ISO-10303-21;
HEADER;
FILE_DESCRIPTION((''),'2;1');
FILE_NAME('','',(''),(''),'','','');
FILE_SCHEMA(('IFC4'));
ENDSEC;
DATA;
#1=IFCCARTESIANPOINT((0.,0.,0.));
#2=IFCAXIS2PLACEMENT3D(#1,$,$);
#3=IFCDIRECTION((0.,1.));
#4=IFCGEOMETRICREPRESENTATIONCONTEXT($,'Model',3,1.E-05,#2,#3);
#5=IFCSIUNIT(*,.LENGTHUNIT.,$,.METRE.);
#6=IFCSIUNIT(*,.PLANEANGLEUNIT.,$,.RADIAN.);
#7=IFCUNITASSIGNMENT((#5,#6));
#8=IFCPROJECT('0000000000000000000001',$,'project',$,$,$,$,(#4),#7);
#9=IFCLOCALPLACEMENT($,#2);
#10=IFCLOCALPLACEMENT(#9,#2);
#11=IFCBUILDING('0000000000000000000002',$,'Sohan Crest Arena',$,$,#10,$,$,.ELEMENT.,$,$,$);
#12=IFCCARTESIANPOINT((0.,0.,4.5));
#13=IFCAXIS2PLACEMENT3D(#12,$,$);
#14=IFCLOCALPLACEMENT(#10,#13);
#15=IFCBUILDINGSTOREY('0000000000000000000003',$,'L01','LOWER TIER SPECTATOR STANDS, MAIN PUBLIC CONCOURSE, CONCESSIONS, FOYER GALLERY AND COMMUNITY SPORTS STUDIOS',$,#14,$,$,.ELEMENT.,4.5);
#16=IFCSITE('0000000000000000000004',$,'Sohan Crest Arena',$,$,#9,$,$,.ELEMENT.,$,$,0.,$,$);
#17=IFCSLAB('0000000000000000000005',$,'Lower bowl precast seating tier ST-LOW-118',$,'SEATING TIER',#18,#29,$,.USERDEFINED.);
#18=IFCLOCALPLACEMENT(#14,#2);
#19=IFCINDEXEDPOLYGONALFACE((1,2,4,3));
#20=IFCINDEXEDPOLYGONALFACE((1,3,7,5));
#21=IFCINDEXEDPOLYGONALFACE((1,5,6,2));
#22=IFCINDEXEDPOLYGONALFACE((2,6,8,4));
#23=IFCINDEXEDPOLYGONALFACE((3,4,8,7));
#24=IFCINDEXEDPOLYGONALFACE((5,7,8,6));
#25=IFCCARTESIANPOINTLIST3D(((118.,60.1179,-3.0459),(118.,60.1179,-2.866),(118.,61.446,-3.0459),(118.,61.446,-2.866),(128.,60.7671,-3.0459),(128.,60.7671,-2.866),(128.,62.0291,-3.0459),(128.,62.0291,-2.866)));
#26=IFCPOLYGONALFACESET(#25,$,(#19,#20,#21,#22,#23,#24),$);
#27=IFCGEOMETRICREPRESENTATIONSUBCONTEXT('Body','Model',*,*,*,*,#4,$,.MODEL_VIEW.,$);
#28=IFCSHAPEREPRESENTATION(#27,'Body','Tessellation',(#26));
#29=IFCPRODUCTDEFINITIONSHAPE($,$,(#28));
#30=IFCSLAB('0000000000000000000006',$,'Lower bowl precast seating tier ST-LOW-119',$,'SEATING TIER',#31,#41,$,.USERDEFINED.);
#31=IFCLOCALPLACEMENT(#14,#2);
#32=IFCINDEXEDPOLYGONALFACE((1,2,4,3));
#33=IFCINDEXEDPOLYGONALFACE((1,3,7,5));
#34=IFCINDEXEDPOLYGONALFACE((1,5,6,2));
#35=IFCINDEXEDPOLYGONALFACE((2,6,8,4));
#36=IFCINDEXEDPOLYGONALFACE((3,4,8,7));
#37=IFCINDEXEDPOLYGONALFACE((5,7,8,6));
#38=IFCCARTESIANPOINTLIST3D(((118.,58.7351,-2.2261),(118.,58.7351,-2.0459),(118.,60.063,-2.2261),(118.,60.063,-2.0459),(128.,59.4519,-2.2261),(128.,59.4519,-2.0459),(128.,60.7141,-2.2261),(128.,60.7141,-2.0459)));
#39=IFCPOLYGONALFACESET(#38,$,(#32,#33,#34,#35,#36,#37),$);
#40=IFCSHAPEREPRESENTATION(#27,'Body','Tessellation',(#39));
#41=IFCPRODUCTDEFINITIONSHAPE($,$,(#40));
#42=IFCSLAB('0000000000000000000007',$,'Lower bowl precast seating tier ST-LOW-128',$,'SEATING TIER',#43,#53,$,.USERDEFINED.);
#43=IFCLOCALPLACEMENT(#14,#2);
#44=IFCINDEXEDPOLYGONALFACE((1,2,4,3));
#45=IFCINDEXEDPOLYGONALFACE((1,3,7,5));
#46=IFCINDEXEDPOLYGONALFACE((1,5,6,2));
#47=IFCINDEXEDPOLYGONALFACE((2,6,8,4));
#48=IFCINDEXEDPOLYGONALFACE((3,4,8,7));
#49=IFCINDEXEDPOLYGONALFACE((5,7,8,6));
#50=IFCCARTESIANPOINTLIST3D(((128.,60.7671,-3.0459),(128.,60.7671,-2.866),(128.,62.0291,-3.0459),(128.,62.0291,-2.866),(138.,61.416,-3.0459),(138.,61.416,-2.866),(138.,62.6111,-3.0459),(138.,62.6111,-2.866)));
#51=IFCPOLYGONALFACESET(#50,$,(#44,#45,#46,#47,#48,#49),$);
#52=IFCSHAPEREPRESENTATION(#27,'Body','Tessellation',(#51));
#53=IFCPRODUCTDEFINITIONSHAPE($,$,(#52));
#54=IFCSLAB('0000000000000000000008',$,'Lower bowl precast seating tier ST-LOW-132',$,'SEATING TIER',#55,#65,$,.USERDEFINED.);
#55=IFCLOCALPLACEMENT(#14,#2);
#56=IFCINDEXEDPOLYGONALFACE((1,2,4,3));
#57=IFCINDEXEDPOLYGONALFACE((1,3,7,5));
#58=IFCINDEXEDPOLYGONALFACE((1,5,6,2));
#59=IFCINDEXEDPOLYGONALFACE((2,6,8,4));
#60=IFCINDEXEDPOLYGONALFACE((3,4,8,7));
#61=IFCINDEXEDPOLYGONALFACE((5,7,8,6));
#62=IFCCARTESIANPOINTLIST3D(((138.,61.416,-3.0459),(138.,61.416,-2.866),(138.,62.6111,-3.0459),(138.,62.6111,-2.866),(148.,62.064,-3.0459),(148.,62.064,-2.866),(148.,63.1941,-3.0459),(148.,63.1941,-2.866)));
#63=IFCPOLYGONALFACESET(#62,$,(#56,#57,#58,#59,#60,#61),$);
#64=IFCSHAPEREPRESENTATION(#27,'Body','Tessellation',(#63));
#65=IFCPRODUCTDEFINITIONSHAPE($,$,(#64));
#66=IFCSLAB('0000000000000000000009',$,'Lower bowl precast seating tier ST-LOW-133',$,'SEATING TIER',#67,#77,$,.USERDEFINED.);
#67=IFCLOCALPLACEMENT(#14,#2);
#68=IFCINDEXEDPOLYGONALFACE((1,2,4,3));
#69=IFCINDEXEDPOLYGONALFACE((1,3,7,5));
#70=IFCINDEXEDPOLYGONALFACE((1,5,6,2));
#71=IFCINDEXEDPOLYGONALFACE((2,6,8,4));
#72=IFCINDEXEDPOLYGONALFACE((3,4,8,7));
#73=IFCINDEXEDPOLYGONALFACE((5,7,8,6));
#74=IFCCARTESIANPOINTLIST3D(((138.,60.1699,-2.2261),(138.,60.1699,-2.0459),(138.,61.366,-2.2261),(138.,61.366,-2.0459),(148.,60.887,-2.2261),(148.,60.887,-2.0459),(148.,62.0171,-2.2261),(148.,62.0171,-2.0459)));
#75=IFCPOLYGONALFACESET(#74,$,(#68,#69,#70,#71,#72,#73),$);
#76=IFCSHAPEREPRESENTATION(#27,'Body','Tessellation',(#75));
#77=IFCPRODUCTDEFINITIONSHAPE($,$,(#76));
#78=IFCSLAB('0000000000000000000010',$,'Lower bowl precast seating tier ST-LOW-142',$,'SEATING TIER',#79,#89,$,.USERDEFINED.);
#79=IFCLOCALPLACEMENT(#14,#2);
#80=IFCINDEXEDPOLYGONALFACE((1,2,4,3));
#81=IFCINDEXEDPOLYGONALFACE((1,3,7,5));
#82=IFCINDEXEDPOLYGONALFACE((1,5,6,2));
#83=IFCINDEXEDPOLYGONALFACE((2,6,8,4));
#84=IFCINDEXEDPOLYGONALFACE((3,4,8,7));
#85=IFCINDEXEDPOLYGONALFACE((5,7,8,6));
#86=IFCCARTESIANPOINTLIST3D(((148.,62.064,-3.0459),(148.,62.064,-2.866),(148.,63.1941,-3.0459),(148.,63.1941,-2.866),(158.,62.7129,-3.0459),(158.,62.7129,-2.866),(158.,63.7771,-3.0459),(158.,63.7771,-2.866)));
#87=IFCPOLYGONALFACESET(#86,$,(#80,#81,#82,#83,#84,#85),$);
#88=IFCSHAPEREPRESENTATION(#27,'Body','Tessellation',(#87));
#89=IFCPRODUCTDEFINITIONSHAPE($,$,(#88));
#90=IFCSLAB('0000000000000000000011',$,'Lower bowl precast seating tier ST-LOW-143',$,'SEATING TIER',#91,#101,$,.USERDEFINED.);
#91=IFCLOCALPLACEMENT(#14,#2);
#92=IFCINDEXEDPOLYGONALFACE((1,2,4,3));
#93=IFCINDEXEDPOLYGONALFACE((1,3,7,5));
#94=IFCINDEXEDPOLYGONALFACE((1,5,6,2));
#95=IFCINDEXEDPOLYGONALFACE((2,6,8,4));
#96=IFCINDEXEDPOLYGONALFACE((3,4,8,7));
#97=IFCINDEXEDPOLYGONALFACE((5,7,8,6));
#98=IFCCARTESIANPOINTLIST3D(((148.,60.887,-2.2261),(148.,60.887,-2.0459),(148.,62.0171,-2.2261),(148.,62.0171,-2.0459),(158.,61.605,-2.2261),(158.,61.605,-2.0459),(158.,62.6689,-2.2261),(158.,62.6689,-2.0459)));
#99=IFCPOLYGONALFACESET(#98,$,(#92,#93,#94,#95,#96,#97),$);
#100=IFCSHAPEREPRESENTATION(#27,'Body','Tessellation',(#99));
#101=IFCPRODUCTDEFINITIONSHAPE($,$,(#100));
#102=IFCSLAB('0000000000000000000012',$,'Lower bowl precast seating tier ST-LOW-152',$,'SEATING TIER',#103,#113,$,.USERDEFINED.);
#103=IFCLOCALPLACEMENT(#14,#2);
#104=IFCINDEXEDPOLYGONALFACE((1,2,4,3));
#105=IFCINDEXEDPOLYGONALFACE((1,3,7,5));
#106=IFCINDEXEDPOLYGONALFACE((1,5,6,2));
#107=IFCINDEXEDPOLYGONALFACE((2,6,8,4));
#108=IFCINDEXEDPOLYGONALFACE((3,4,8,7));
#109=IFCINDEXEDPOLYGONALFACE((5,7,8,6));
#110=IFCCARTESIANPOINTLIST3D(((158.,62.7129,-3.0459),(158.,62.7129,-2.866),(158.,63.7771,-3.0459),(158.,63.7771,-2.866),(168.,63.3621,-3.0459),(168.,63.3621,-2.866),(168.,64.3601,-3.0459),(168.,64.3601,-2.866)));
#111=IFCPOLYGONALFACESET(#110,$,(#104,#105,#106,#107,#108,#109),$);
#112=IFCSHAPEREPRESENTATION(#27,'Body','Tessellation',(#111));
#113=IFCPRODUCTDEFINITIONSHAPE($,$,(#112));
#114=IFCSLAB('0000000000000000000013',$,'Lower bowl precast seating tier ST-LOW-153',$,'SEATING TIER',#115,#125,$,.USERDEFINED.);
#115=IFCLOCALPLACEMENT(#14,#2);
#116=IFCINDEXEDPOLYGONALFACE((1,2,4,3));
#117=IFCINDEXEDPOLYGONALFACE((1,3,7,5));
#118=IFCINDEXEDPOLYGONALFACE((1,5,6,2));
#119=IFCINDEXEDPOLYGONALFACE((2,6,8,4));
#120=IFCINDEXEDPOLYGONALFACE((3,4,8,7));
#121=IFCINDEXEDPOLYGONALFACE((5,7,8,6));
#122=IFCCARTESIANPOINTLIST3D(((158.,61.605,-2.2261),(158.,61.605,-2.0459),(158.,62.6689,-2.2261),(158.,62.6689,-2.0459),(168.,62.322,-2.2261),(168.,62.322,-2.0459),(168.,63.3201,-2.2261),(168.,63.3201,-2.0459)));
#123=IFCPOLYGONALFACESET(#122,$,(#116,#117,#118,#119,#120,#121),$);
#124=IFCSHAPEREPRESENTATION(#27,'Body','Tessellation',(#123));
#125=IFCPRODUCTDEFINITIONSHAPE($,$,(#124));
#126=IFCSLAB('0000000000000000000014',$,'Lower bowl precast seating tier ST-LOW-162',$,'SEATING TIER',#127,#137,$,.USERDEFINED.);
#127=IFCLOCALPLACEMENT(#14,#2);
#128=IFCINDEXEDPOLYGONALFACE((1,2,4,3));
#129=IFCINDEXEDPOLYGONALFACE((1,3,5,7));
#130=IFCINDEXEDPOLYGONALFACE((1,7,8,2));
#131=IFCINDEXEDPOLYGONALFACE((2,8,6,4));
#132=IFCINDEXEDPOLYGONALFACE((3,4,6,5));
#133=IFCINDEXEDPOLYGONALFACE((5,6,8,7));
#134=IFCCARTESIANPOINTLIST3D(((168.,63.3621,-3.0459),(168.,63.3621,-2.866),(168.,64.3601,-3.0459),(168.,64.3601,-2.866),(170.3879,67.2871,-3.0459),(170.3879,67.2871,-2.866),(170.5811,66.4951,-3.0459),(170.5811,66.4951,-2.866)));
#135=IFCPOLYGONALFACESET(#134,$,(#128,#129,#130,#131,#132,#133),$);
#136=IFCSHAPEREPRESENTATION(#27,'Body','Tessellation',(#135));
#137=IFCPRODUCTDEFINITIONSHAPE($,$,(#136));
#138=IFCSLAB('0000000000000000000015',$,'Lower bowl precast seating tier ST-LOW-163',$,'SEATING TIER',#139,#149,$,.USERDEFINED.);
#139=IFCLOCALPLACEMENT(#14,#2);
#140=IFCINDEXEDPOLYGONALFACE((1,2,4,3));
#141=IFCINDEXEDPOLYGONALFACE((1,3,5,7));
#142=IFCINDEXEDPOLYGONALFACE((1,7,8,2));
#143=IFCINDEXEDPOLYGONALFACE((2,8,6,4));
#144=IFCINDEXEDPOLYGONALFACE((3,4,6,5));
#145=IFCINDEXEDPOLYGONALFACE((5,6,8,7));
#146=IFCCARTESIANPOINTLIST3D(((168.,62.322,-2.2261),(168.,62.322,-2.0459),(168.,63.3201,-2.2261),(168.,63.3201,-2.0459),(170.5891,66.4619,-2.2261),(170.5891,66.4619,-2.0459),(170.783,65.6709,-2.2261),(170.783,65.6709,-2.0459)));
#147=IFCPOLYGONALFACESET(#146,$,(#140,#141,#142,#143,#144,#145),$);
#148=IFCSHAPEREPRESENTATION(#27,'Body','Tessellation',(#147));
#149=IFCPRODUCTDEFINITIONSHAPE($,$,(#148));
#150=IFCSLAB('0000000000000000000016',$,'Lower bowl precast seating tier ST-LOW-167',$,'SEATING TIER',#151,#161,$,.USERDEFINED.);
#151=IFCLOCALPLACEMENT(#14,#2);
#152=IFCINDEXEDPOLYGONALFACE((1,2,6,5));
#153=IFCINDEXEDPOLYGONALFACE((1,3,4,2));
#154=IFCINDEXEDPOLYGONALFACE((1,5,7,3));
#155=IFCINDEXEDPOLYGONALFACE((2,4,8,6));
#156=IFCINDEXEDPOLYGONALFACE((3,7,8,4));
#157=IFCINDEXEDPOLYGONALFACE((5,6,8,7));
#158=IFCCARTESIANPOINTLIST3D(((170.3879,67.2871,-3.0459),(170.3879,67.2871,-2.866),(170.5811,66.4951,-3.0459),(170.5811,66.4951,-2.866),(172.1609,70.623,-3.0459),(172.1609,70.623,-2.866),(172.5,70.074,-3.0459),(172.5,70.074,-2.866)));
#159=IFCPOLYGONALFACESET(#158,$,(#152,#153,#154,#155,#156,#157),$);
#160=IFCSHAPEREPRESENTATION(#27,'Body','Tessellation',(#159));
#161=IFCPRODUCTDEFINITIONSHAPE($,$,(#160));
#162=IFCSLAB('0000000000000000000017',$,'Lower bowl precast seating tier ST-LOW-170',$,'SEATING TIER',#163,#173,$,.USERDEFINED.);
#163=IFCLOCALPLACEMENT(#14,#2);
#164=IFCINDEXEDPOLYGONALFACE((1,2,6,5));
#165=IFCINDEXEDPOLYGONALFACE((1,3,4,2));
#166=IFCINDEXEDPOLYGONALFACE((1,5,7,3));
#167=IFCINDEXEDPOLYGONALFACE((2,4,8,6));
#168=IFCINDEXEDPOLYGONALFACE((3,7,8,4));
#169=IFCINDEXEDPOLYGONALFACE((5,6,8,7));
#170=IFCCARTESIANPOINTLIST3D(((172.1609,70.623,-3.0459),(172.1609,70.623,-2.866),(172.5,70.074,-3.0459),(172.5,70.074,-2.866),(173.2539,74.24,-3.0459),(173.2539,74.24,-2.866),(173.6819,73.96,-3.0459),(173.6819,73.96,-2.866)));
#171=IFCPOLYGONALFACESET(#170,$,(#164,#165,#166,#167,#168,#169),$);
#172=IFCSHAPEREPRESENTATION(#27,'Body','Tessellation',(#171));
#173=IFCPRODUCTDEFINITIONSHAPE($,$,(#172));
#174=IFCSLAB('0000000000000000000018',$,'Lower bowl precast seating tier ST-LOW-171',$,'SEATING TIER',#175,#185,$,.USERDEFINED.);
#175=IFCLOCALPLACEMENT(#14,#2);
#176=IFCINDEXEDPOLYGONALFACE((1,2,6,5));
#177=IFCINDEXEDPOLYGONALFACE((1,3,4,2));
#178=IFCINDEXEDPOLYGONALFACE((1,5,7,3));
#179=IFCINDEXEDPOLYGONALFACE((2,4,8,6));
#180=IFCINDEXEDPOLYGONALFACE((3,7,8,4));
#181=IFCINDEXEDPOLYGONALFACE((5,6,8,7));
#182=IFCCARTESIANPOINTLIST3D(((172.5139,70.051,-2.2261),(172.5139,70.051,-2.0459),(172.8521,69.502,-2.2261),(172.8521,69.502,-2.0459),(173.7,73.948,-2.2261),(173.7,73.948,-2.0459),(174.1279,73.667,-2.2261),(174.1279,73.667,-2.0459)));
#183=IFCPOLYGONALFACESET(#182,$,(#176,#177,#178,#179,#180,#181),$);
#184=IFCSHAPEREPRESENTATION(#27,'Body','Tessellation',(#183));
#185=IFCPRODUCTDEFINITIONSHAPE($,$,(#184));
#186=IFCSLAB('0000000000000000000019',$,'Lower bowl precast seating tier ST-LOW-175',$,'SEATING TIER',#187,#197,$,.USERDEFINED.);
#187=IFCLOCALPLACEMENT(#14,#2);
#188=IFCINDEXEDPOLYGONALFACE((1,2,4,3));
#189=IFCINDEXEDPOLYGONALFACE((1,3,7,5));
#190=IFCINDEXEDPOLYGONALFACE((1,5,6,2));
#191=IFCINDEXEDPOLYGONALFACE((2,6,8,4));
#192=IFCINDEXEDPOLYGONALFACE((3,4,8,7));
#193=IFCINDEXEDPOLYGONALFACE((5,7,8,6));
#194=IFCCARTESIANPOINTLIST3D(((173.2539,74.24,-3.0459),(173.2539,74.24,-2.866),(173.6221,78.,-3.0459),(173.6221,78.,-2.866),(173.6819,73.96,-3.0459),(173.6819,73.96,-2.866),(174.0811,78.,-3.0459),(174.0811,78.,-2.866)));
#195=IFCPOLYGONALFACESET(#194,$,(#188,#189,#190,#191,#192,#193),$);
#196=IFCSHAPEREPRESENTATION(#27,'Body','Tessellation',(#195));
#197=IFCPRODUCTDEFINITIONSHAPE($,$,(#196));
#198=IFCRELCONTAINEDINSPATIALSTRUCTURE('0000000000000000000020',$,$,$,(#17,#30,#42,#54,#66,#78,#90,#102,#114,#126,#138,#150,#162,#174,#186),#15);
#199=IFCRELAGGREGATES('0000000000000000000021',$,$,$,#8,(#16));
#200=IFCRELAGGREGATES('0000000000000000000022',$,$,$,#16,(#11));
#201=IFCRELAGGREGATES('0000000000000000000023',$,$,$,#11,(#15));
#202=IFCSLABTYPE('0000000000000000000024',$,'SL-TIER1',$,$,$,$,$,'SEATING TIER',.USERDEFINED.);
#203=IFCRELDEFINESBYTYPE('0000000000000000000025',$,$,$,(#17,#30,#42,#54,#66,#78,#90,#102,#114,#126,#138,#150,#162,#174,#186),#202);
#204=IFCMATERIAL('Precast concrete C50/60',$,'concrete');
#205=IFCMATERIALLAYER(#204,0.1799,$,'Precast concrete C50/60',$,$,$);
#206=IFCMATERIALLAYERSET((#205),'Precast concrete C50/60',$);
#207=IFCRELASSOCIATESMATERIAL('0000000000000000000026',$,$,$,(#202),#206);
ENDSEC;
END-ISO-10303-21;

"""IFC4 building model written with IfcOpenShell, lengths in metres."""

from ifc_helpers import new_model, si_unit, direction, frame, origin, place, context, subcontext, project, spatial, polyline, outline, extrude, material, layer, layer_set, type_object, element, save


model = new_model("IFC4")

# Units and contexts
model_context = context("Model", 3, precision=1e-05, world=origin(), true_north=direction((0.0, 1.0)))
body_context = subcontext(model_context, "Body", "Model", "MODEL_VIEW")
ifc_project = project(units=[si_unit("LENGTHUNIT", "METRE"), si_unit("PLANEANGLEUNIT", "RADIAN")], contexts=[model_context])

# Site, building, storey
site_placement = place(None, origin())
site = spatial("IfcSite", under=ifc_project, at=site_placement, Name="Sohan Crest Arena", CompositionType="ELEMENT", RefElevation=0.0)
building_placement = place(site_placement, origin())
building = spatial("IfcBuilding", under=site, at=building_placement, Name="Sohan Crest Arena", CompositionType="ELEMENT")
storey_placement = place(building_placement, frame((0.0, 0.0, 4.5)))
storey = spatial("IfcBuildingStorey", under=building, at=storey_placement, Name="L01", Description="LOWER TIER SPECTATOR STANDS, MAIN PUBLIC CONCOURSE, CONCESSIONS, FOYER GALLERY AND COMMUNITY SPORTS STUDIOS", CompositionType="ELEMENT", Elevation=4.5)

# Slabs
ifc_material = material(Name="Precast concrete C50/60", Category="concrete")
ifc_layer = layer(ifc_material, 0.1799, Name="Precast concrete C50/60")
ifc_layer_set = layer_set([ifc_layer], Name="Precast concrete C50/60")
slab_type = type_object("IfcSlabType", Name="SL-TIER1", ElementType="SEATING TIER", PredefinedType="USERDEFINED", material=ifc_layer_set)
slab_1_placement = place(storey_placement, frame((0.0, 0.0, -3.0459)))
element("IfcSlab", 1, at=slab_1_placement, inside=storey, type_object=slab_type, Name="Lower bowl precast seating tier ST-LOW-118", ObjectType="SEATING TIER", PredefinedType="USERDEFINED", context=body_context, shape_type="SweptSolid", body=[
    extrude(outline(polyline([(118.0, 61.446), (128.0, 62.0291), (128.0, 60.7671), (118.0, 60.1179), (118.0, 61.446)])), origin(), (0.0, 0.0, 1.0), 0.1799),
])
slab_2_placement = place(storey_placement, frame((0.0, 0.0, -2.2261)))
element("IfcSlab", 2, at=slab_2_placement, inside=storey, type_object=slab_type, Name="Lower bowl precast seating tier ST-LOW-119", ObjectType="SEATING TIER", PredefinedType="USERDEFINED", context=body_context, shape_type="SweptSolid", body=[
    extrude(outline(polyline([(118.0, 60.063), (128.0, 60.7141), (128.0, 59.4519), (118.0, 58.7351), (118.0, 60.063)])), origin(), (0.0, 0.0, 1.0), 0.1802),
])
slab_3_placement = place(storey_placement, frame((0.0, 0.0, -3.0459)))
element("IfcSlab", 3, at=slab_3_placement, inside=storey, type_object=slab_type, Name="Lower bowl precast seating tier ST-LOW-128", ObjectType="SEATING TIER", PredefinedType="USERDEFINED", context=body_context, shape_type="SweptSolid", body=[
    extrude(outline(polyline([(128.0, 62.0291), (138.0, 62.6111), (138.0, 61.416), (128.0, 60.7671), (128.0, 62.0291)])), origin(), (0.0, 0.0, 1.0), 0.1799),
])
slab_4_placement = place(storey_placement, frame((0.0, 0.0, -3.0459)))
element("IfcSlab", 4, at=slab_4_placement, inside=storey, type_object=slab_type, Name="Lower bowl precast seating tier ST-LOW-132", ObjectType="SEATING TIER", PredefinedType="USERDEFINED", context=body_context, shape_type="SweptSolid", body=[
    extrude(outline(polyline([(138.0, 62.6111), (148.0, 63.1941), (148.0, 62.064), (138.0, 61.416), (138.0, 62.6111)])), origin(), (0.0, 0.0, 1.0), 0.1799),
])
slab_5_placement = place(storey_placement, frame((0.0, 0.0, -2.2261)))
element("IfcSlab", 5, at=slab_5_placement, inside=storey, type_object=slab_type, Name="Lower bowl precast seating tier ST-LOW-133", ObjectType="SEATING TIER", PredefinedType="USERDEFINED", context=body_context, shape_type="SweptSolid", body=[
    extrude(outline(polyline([(138.0, 61.366), (148.0, 62.0171), (148.0, 60.887), (138.0, 60.1699), (138.0, 61.366)])), origin(), (0.0, 0.0, 1.0), 0.1802),
])
slab_6_placement = place(storey_placement, frame((0.0, 0.0, -3.0459)))
element("IfcSlab", 6, at=slab_6_placement, inside=storey, type_object=slab_type, Name="Lower bowl precast seating tier ST-LOW-142", ObjectType="SEATING TIER", PredefinedType="USERDEFINED", context=body_context, shape_type="SweptSolid", body=[
    extrude(outline(polyline([(148.0, 63.1941), (158.0, 63.7771), (158.0, 62.7129), (148.0, 62.064), (148.0, 63.1941)])), origin(), (0.0, 0.0, 1.0), 0.1799),
])
slab_7_placement = place(storey_placement, frame((0.0, 0.0, -2.2261)))
element("IfcSlab", 7, at=slab_7_placement, inside=storey, type_object=slab_type, Name="Lower bowl precast seating tier ST-LOW-143", ObjectType="SEATING TIER", PredefinedType="USERDEFINED", context=body_context, shape_type="SweptSolid", body=[
    extrude(outline(polyline([(148.0, 62.0171), (158.0, 62.6689), (158.0, 61.605), (148.0, 60.887), (148.0, 62.0171)])), origin(), (0.0, 0.0, 1.0), 0.1802),
])
slab_8_placement = place(storey_placement, frame((0.0, 0.0, -3.0459)))
element("IfcSlab", 8, at=slab_8_placement, inside=storey, type_object=slab_type, Name="Lower bowl precast seating tier ST-LOW-152", ObjectType="SEATING TIER", PredefinedType="USERDEFINED", context=body_context, shape_type="SweptSolid", body=[
    extrude(outline(polyline([(158.0, 63.7771), (168.0, 64.3601), (168.0, 63.3621), (158.0, 62.7129), (158.0, 63.7771)])), origin(), (0.0, 0.0, 1.0), 0.1799),
])
slab_9_placement = place(storey_placement, frame((0.0, 0.0, -2.2261)))
element("IfcSlab", 9, at=slab_9_placement, inside=storey, type_object=slab_type, Name="Lower bowl precast seating tier ST-LOW-153", ObjectType="SEATING TIER", PredefinedType="USERDEFINED", context=body_context, shape_type="SweptSolid", body=[
    extrude(outline(polyline([(158.0, 62.6689), (168.0, 63.3201), (168.0, 62.322), (158.0, 61.605), (158.0, 62.6689)])), origin(), (0.0, 0.0, 1.0), 0.1802),
])
slab_10_placement = place(storey_placement, frame((0.0, 0.0, -3.0459)))
element("IfcSlab", 10, at=slab_10_placement, inside=storey, type_object=slab_type, Name="Lower bowl precast seating tier ST-LOW-162", ObjectType="SEATING TIER", PredefinedType="USERDEFINED", context=body_context, shape_type="SweptSolid", body=[
    extrude(outline(polyline([(168.0, 64.3601), (170.3879, 67.2871), (170.5811, 66.4951), (168.0, 63.3621), (168.0, 64.3601)])), origin(), (0.0, 0.0, 1.0), 0.1799),
])
slab_11_placement = place(storey_placement, frame((0.0, 0.0, -2.2261)))
element("IfcSlab", 11, at=slab_11_placement, inside=storey, type_object=slab_type, Name="Lower bowl precast seating tier ST-LOW-163", ObjectType="SEATING TIER", PredefinedType="USERDEFINED", context=body_context, shape_type="SweptSolid", body=[
    extrude(outline(polyline([(168.0, 63.3201), (170.5891, 66.4619), (170.783, 65.6709), (168.0, 62.322), (168.0, 63.3201)])), origin(), (0.0, 0.0, 1.0), 0.1802),
])
slab_12_placement = place(storey_placement, frame((0.0, 0.0, -3.0459)))
element("IfcSlab", 12, at=slab_12_placement, inside=storey, type_object=slab_type, Name="Lower bowl precast seating tier ST-LOW-167", ObjectType="SEATING TIER", PredefinedType="USERDEFINED", context=body_context, shape_type="SweptSolid", body=[
    extrude(outline(polyline([(170.3879, 67.2871), (172.1609, 70.623), (172.5, 70.074), (170.5811, 66.4951), (170.3879, 67.2871)])), origin(), (0.0, 0.0, 1.0), 0.1799),
])
slab_13_placement = place(storey_placement, frame((0.0, 0.0, -3.0459)))
element("IfcSlab", 13, at=slab_13_placement, inside=storey, type_object=slab_type, Name="Lower bowl precast seating tier ST-LOW-170", ObjectType="SEATING TIER", PredefinedType="USERDEFINED", context=body_context, shape_type="SweptSolid", body=[
    extrude(outline(polyline([(172.1609, 70.623), (173.2539, 74.24), (173.6819, 73.96), (172.5, 70.074), (172.1609, 70.623)])), origin(), (0.0, 0.0, 1.0), 0.1799),
])
slab_14_placement = place(storey_placement, frame((0.0, 0.0, -2.2261)))
element("IfcSlab", 14, at=slab_14_placement, inside=storey, type_object=slab_type, Name="Lower bowl precast seating tier ST-LOW-171", ObjectType="SEATING TIER", PredefinedType="USERDEFINED", context=body_context, shape_type="SweptSolid", body=[
    extrude(outline(polyline([(172.5139, 70.051), (173.7, 73.948), (174.1279, 73.667), (172.8521, 69.502), (172.5139, 70.051)])), origin(), (0.0, 0.0, 1.0), 0.1802),
])
slab_15_placement = place(storey_placement, frame((0.0, 0.0, -3.0459)))
element("IfcSlab", 15, at=slab_15_placement, inside=storey, type_object=slab_type, Name="Lower bowl precast seating tier ST-LOW-175", ObjectType="SEATING TIER", PredefinedType="USERDEFINED", context=body_context, shape_type="SweptSolid", body=[
    extrude(outline(polyline([(173.2539, 74.24), (173.6221, 78.0), (174.0811, 78.0), (173.6819, 73.96), (173.2539, 74.24)])), origin(), (0.0, 0.0, 1.0), 0.1799),
])

save(model, "model.ifc")
